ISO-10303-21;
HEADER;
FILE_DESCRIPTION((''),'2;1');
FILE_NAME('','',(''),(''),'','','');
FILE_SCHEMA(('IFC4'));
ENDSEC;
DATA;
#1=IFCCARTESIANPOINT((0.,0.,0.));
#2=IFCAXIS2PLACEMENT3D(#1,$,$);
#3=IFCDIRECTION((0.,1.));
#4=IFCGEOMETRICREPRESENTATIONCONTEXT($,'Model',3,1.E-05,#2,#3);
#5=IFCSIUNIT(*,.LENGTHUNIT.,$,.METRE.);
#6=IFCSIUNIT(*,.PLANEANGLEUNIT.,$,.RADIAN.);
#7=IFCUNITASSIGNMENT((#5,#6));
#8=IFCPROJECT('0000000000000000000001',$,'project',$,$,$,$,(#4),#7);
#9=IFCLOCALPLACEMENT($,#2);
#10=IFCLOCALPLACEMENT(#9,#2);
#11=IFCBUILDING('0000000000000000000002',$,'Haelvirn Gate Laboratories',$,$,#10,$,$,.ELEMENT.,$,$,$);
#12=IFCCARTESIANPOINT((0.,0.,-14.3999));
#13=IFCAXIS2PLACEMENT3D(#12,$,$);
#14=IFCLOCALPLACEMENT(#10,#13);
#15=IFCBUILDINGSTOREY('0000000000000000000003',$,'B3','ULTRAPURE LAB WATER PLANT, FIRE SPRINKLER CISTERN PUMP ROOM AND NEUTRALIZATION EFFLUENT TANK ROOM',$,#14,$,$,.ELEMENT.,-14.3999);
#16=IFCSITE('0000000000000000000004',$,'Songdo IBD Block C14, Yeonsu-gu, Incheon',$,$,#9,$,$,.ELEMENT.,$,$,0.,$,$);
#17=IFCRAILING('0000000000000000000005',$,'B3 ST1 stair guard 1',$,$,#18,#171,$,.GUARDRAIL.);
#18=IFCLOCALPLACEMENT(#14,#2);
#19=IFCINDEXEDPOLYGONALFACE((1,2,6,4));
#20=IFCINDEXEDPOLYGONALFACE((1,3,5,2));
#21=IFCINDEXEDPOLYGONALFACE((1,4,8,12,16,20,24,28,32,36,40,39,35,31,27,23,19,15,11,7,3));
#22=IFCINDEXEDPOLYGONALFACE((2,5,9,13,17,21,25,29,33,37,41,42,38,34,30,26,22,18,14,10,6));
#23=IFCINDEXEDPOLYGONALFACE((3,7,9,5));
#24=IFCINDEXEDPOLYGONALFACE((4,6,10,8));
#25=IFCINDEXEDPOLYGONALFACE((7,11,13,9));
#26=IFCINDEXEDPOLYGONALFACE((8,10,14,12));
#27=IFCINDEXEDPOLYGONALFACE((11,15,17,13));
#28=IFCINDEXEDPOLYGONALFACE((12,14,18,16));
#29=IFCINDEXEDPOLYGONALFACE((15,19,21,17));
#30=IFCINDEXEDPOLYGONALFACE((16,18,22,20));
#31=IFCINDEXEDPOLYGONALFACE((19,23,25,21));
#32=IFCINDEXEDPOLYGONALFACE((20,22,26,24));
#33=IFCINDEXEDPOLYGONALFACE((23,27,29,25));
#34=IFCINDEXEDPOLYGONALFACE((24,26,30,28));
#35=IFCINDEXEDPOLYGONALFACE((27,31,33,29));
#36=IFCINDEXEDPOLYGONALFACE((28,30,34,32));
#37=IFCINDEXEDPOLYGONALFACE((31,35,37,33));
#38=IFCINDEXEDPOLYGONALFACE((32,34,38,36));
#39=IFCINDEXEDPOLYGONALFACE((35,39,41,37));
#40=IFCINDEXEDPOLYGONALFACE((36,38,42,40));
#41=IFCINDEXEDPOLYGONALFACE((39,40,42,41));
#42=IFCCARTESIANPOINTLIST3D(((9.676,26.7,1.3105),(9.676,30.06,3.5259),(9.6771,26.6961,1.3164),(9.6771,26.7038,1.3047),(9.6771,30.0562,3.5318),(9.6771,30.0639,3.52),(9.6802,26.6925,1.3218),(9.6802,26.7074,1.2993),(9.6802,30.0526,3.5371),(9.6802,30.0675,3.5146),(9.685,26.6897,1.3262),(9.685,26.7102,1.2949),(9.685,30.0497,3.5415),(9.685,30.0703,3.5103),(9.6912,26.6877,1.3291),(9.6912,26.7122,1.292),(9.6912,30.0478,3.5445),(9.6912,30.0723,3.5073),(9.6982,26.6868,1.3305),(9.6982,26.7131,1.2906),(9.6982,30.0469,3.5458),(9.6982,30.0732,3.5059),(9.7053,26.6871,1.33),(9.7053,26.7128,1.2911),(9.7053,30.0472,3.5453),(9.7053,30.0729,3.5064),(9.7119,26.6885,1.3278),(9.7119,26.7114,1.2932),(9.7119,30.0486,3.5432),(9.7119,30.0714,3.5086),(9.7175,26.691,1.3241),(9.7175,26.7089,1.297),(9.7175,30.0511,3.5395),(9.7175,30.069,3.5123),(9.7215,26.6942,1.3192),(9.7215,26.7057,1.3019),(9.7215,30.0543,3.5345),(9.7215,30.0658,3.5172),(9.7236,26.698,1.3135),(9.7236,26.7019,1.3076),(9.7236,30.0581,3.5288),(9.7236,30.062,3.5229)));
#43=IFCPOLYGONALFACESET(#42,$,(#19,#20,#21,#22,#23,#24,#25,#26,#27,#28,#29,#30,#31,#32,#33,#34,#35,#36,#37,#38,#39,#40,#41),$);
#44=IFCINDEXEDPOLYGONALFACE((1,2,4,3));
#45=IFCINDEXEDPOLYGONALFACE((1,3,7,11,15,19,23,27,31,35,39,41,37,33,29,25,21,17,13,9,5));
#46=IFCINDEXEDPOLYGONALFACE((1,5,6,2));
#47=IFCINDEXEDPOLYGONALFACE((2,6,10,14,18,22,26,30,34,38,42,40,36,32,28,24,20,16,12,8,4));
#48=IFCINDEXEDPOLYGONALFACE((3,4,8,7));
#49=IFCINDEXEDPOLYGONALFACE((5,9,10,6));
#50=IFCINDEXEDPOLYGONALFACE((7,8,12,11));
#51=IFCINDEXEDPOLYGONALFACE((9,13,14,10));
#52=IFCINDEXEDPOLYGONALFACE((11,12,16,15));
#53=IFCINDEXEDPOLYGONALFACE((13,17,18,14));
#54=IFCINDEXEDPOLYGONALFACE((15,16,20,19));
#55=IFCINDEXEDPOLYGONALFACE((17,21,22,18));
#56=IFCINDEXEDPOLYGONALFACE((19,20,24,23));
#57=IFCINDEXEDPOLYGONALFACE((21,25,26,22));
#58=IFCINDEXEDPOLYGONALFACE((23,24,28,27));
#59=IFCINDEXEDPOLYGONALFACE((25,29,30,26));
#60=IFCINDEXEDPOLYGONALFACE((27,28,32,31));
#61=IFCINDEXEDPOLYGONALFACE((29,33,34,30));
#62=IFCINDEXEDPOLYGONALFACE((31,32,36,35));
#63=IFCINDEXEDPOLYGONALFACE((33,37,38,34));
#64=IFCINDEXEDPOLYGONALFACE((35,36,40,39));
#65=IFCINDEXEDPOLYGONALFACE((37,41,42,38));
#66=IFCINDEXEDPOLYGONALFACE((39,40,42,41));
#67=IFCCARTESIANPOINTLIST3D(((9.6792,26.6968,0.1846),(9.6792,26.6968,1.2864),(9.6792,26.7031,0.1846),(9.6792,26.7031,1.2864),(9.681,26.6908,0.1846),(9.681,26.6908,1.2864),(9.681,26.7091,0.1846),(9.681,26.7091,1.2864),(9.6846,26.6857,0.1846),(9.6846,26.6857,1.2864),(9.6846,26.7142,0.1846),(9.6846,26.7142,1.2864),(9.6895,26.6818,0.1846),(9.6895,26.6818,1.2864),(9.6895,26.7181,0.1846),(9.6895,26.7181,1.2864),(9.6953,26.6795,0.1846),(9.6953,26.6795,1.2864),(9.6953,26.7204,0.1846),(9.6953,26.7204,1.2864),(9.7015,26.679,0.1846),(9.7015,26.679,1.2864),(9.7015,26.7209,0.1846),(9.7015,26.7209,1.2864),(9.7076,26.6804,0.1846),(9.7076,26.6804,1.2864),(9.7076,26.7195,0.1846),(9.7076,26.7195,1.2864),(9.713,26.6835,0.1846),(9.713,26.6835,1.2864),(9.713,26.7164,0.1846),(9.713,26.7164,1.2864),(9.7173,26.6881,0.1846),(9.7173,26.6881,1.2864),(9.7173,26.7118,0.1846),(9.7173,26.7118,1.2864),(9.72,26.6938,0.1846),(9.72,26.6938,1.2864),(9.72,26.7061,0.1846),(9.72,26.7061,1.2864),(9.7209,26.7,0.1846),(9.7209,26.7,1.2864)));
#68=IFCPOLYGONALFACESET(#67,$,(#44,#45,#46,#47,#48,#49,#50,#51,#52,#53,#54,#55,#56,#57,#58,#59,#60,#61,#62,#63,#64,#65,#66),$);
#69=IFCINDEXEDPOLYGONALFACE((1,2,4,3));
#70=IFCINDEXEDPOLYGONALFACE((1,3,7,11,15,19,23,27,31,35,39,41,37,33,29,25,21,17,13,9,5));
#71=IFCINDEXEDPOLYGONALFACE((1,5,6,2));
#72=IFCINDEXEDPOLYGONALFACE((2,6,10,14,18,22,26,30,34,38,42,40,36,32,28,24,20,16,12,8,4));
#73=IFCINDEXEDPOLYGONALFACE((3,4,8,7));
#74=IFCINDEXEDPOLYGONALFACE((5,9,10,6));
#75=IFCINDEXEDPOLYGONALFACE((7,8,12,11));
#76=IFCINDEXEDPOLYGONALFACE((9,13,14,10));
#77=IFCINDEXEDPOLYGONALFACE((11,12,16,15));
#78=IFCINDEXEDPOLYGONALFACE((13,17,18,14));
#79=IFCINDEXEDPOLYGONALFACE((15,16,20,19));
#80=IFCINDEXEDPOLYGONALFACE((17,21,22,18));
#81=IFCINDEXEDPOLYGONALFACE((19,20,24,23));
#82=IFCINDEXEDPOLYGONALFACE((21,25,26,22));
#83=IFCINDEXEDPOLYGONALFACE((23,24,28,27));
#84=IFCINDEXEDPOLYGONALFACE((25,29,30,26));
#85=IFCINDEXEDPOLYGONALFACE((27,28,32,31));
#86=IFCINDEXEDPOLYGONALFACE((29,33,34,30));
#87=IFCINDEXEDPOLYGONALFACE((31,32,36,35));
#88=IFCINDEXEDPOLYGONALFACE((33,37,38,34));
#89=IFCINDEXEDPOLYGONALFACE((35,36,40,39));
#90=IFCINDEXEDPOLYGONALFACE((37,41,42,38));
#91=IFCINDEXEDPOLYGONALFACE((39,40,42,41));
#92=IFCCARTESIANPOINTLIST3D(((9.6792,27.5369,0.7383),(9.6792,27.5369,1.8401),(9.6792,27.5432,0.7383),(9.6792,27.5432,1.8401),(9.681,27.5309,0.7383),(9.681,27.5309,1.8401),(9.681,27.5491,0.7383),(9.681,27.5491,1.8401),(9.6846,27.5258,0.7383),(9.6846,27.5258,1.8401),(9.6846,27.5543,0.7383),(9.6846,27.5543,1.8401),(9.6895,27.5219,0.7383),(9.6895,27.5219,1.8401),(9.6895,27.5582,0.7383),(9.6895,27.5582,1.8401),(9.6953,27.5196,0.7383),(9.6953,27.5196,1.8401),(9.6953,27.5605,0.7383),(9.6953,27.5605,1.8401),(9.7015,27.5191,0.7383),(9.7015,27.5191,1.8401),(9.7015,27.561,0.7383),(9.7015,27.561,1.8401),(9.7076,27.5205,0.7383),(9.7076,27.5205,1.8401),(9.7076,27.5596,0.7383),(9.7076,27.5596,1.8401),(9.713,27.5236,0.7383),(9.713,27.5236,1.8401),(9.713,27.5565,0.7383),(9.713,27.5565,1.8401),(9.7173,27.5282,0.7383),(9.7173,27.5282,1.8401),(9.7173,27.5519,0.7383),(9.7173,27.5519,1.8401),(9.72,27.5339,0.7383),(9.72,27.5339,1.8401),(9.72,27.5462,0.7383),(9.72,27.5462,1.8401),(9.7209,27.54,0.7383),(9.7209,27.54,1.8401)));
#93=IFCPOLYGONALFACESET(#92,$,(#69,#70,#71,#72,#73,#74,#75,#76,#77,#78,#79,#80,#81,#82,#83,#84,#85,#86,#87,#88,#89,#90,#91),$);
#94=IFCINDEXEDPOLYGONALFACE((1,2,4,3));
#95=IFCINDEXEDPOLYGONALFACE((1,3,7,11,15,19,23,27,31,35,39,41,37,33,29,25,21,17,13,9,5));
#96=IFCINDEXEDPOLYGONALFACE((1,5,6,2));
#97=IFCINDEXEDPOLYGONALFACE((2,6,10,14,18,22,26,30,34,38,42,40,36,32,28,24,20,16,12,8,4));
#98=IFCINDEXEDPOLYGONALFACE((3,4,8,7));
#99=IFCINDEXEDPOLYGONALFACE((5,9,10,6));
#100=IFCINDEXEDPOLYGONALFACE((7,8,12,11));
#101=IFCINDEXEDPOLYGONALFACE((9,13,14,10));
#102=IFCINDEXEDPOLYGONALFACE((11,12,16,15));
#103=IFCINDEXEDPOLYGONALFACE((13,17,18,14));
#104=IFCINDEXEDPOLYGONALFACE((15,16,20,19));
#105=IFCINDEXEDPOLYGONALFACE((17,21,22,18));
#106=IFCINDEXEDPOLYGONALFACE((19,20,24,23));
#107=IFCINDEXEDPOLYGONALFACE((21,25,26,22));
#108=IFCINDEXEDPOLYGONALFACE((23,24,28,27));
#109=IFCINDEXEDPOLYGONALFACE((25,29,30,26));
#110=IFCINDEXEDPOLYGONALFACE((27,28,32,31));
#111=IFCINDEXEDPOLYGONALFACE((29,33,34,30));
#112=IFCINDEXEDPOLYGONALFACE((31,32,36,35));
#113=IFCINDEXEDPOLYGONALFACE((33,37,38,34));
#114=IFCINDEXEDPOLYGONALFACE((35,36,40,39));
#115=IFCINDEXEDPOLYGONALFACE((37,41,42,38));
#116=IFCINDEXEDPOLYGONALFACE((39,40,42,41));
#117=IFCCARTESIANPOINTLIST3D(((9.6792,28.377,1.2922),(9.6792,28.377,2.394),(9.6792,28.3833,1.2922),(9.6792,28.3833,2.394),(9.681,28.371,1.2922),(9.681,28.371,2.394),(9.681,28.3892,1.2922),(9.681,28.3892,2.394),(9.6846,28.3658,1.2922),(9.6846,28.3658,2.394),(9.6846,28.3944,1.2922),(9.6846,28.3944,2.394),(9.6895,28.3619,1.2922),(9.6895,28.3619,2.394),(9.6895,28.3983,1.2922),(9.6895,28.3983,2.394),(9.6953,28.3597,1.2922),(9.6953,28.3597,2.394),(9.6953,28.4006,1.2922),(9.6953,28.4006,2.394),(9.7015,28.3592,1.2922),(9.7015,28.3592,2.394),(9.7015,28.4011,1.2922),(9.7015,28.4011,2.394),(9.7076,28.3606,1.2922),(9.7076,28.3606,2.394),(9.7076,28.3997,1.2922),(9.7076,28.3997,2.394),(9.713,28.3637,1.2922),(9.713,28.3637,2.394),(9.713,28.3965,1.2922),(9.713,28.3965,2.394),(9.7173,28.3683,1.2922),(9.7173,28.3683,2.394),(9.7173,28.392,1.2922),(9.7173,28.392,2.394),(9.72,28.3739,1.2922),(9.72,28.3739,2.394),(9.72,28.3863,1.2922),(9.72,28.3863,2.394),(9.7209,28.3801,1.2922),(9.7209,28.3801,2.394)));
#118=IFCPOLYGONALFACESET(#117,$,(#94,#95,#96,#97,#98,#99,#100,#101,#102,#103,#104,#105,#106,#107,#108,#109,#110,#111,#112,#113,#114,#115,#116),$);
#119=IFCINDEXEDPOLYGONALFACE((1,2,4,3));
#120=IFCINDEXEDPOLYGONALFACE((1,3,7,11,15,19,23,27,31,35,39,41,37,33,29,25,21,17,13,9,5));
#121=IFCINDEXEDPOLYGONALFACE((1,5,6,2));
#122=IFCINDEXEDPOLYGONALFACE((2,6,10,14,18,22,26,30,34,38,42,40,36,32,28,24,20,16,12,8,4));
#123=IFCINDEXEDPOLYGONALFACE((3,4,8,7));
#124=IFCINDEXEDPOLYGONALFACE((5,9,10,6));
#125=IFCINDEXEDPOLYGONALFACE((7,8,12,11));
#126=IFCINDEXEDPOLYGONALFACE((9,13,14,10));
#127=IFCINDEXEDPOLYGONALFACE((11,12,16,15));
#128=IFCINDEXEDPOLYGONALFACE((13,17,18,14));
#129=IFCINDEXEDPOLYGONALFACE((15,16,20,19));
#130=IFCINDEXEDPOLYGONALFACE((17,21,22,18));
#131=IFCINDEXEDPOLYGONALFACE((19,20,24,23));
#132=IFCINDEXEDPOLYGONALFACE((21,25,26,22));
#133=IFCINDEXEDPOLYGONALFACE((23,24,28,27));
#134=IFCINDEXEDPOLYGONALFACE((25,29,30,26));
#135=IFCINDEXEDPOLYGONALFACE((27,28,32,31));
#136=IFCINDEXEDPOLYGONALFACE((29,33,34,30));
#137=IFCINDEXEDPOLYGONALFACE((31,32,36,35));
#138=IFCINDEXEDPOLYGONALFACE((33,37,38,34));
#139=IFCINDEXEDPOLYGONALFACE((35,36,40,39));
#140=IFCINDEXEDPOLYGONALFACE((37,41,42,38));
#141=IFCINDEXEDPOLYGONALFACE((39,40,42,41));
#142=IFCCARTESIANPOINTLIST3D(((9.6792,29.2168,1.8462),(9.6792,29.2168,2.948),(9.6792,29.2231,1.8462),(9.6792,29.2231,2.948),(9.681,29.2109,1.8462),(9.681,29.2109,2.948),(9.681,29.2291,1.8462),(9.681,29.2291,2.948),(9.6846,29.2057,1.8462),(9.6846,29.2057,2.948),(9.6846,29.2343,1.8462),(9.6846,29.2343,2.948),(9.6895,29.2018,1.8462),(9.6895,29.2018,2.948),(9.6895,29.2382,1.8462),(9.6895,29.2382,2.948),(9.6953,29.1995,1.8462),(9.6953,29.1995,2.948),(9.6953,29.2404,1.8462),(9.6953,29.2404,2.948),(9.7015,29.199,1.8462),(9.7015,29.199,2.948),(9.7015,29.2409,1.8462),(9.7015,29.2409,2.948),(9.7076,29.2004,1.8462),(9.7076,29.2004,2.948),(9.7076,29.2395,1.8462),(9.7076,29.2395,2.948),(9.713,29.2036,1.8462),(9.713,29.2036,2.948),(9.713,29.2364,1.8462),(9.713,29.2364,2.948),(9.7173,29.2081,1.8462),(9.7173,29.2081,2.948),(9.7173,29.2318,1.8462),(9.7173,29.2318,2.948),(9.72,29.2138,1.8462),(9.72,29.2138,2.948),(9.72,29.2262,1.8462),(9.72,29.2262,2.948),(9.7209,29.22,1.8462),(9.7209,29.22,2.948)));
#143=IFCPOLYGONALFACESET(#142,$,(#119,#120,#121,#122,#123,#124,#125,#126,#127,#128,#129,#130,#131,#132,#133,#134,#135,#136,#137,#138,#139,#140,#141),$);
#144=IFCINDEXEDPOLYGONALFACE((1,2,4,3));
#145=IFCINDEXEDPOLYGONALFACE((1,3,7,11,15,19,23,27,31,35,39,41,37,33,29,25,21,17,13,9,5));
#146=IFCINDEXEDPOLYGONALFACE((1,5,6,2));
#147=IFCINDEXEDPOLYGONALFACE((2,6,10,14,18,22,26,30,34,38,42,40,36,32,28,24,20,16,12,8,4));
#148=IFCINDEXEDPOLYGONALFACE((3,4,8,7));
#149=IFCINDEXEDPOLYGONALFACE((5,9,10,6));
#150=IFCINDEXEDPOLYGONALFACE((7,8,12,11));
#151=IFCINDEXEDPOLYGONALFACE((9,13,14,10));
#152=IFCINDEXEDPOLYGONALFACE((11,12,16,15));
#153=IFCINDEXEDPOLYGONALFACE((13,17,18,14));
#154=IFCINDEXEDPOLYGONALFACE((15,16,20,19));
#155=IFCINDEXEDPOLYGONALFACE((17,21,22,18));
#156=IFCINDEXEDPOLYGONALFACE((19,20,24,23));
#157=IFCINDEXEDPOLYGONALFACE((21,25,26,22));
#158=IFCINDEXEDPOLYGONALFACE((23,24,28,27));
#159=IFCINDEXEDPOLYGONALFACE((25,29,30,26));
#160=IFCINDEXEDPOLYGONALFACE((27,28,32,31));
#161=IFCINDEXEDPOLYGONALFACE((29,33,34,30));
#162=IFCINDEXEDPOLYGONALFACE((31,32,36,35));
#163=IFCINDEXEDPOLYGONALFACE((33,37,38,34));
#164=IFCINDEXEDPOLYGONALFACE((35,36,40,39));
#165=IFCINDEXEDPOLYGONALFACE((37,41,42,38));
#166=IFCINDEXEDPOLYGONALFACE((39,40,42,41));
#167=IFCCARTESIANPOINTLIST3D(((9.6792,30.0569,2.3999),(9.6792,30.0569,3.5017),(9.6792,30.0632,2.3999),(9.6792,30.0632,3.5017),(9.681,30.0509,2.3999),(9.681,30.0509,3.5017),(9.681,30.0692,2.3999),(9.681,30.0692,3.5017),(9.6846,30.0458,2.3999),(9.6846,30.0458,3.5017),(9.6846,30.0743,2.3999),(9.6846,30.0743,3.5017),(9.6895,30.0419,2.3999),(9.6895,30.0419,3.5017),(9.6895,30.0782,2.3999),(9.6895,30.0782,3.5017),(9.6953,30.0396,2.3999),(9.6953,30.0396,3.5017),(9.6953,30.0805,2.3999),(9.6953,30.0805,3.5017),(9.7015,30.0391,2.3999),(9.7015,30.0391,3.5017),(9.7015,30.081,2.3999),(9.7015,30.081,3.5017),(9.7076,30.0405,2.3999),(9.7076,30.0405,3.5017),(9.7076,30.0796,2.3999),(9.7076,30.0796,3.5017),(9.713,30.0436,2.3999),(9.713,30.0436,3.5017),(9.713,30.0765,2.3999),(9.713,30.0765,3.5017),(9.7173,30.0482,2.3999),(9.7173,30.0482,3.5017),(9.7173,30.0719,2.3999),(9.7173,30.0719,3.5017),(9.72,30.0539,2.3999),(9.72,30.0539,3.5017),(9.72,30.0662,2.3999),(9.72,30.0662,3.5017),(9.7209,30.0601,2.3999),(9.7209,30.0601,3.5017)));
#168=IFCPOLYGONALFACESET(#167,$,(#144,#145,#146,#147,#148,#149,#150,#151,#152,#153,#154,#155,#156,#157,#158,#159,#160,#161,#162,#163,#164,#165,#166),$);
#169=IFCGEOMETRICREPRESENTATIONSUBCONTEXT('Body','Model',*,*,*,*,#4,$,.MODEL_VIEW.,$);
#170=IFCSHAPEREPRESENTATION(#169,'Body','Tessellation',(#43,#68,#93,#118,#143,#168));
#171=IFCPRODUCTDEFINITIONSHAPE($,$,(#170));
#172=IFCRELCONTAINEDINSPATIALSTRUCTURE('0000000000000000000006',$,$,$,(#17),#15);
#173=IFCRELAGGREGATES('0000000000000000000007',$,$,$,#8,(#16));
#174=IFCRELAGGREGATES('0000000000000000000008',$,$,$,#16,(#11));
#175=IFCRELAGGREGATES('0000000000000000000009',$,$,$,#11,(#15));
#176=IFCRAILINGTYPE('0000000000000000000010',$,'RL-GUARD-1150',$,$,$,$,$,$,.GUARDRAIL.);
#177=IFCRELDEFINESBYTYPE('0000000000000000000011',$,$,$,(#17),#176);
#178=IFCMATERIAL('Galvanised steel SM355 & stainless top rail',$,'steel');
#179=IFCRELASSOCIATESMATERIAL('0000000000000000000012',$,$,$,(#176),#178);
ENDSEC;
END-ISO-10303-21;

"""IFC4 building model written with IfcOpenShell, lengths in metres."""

from ifc_helpers import new_model, si_unit, direction, frame, origin, origin_2d, place, context, subcontext, project, spatial, circle, extrude, source, transform, mapped, material, type_object, element, save


model = new_model("IFC4")

# Units and contexts
model_context = context("Model", 3, precision=1e-05, world=origin(), true_north=direction((0.0, 1.0)))
body_context = subcontext(model_context, "Body", "Model", "MODEL_VIEW")
ifc_project = project(units=[si_unit("LENGTHUNIT", "METRE"), si_unit("PLANEANGLEUNIT", "RADIAN")], contexts=[model_context])

# Site, building, storey
site_placement = place(None, origin())
site = spatial("IfcSite", under=ifc_project, at=site_placement, Name="Songdo IBD Block C14, Yeonsu-gu, Incheon", CompositionType="ELEMENT", RefElevation=0.0)
building_placement = place(site_placement, origin())
building = spatial("IfcBuilding", under=site, at=building_placement, Name="Haelvirn Gate Laboratories", CompositionType="ELEMENT")
storey_placement = place(building_placement, frame((0.0, 0.0, -14.3999)))
storey = spatial("IfcBuildingStorey", under=building, at=storey_placement, Name="B3", Description="ULTRAPURE LAB WATER PLANT, FIRE SPRINKLER CISTERN PUMP ROOM AND NEUTRALIZATION EFFLUENT TANK ROOM", CompositionType="ELEMENT", Elevation=-14.3999)

# Railing
ifc_material_1 = material(Name="Galvanised steel SM355 & stainless top rail", Category="steel")
railing_type_1 = type_object("IfcRailingType", Name="RL-GUARD-1150", PredefinedType="GUARDRAIL", material=ifc_material_1)
shared_shape_1 = source(origin(), body_context, "Body", "SweptSolid", [
    extrude(circle(Radius=0.0239, at=origin_2d()), frame((0.0, 0.0, 1.126), z_axis=(0.0, 0.834876, 0.550437), x_axis=(-1.0, 0.0, 0.0)), (0.0, 0.0, 1.0), 4.0247),
    extrude(circle(Radius=0.021, at=origin_2d()), origin(), (0.0, 0.0, 1.0), 1.1018),
    extrude(circle(Radius=0.021, at=origin_2d()), frame((0.0, 0.8401, 0.5537)), (0.0, 0.0, 1.0), 1.1018),
    extrude(circle(Radius=0.021, at=origin_2d()), frame((0.0, 1.6802, 1.1077)), (0.0, 0.0, 1.0), 1.1018),
    extrude(circle(Radius=0.021, at=origin_2d()), frame((0.0, 2.52, 1.6616)), (0.0, 0.0, 1.0), 1.1018),
    extrude(circle(Radius=0.021, at=origin_2d()), frame((0.0, 3.3601, 2.2153)), (0.0, 0.0, 1.0), 1.1018),
])
railing_1_placement = place(storey_placement, frame((9.7, 26.7, 0.1846)))
element("IfcRailing", 1, at=railing_1_placement, inside=storey, type_object=railing_type_1, Name="B3 ST1 stair guard 1", PredefinedType="GUARDRAIL", context=body_context, shape_type="MappedRepresentation", body=[
    mapped(shared_shape_1, transform((0.0, 0.0, 0.0), scale=1.0)),
])

save(model, "model.ifc")
